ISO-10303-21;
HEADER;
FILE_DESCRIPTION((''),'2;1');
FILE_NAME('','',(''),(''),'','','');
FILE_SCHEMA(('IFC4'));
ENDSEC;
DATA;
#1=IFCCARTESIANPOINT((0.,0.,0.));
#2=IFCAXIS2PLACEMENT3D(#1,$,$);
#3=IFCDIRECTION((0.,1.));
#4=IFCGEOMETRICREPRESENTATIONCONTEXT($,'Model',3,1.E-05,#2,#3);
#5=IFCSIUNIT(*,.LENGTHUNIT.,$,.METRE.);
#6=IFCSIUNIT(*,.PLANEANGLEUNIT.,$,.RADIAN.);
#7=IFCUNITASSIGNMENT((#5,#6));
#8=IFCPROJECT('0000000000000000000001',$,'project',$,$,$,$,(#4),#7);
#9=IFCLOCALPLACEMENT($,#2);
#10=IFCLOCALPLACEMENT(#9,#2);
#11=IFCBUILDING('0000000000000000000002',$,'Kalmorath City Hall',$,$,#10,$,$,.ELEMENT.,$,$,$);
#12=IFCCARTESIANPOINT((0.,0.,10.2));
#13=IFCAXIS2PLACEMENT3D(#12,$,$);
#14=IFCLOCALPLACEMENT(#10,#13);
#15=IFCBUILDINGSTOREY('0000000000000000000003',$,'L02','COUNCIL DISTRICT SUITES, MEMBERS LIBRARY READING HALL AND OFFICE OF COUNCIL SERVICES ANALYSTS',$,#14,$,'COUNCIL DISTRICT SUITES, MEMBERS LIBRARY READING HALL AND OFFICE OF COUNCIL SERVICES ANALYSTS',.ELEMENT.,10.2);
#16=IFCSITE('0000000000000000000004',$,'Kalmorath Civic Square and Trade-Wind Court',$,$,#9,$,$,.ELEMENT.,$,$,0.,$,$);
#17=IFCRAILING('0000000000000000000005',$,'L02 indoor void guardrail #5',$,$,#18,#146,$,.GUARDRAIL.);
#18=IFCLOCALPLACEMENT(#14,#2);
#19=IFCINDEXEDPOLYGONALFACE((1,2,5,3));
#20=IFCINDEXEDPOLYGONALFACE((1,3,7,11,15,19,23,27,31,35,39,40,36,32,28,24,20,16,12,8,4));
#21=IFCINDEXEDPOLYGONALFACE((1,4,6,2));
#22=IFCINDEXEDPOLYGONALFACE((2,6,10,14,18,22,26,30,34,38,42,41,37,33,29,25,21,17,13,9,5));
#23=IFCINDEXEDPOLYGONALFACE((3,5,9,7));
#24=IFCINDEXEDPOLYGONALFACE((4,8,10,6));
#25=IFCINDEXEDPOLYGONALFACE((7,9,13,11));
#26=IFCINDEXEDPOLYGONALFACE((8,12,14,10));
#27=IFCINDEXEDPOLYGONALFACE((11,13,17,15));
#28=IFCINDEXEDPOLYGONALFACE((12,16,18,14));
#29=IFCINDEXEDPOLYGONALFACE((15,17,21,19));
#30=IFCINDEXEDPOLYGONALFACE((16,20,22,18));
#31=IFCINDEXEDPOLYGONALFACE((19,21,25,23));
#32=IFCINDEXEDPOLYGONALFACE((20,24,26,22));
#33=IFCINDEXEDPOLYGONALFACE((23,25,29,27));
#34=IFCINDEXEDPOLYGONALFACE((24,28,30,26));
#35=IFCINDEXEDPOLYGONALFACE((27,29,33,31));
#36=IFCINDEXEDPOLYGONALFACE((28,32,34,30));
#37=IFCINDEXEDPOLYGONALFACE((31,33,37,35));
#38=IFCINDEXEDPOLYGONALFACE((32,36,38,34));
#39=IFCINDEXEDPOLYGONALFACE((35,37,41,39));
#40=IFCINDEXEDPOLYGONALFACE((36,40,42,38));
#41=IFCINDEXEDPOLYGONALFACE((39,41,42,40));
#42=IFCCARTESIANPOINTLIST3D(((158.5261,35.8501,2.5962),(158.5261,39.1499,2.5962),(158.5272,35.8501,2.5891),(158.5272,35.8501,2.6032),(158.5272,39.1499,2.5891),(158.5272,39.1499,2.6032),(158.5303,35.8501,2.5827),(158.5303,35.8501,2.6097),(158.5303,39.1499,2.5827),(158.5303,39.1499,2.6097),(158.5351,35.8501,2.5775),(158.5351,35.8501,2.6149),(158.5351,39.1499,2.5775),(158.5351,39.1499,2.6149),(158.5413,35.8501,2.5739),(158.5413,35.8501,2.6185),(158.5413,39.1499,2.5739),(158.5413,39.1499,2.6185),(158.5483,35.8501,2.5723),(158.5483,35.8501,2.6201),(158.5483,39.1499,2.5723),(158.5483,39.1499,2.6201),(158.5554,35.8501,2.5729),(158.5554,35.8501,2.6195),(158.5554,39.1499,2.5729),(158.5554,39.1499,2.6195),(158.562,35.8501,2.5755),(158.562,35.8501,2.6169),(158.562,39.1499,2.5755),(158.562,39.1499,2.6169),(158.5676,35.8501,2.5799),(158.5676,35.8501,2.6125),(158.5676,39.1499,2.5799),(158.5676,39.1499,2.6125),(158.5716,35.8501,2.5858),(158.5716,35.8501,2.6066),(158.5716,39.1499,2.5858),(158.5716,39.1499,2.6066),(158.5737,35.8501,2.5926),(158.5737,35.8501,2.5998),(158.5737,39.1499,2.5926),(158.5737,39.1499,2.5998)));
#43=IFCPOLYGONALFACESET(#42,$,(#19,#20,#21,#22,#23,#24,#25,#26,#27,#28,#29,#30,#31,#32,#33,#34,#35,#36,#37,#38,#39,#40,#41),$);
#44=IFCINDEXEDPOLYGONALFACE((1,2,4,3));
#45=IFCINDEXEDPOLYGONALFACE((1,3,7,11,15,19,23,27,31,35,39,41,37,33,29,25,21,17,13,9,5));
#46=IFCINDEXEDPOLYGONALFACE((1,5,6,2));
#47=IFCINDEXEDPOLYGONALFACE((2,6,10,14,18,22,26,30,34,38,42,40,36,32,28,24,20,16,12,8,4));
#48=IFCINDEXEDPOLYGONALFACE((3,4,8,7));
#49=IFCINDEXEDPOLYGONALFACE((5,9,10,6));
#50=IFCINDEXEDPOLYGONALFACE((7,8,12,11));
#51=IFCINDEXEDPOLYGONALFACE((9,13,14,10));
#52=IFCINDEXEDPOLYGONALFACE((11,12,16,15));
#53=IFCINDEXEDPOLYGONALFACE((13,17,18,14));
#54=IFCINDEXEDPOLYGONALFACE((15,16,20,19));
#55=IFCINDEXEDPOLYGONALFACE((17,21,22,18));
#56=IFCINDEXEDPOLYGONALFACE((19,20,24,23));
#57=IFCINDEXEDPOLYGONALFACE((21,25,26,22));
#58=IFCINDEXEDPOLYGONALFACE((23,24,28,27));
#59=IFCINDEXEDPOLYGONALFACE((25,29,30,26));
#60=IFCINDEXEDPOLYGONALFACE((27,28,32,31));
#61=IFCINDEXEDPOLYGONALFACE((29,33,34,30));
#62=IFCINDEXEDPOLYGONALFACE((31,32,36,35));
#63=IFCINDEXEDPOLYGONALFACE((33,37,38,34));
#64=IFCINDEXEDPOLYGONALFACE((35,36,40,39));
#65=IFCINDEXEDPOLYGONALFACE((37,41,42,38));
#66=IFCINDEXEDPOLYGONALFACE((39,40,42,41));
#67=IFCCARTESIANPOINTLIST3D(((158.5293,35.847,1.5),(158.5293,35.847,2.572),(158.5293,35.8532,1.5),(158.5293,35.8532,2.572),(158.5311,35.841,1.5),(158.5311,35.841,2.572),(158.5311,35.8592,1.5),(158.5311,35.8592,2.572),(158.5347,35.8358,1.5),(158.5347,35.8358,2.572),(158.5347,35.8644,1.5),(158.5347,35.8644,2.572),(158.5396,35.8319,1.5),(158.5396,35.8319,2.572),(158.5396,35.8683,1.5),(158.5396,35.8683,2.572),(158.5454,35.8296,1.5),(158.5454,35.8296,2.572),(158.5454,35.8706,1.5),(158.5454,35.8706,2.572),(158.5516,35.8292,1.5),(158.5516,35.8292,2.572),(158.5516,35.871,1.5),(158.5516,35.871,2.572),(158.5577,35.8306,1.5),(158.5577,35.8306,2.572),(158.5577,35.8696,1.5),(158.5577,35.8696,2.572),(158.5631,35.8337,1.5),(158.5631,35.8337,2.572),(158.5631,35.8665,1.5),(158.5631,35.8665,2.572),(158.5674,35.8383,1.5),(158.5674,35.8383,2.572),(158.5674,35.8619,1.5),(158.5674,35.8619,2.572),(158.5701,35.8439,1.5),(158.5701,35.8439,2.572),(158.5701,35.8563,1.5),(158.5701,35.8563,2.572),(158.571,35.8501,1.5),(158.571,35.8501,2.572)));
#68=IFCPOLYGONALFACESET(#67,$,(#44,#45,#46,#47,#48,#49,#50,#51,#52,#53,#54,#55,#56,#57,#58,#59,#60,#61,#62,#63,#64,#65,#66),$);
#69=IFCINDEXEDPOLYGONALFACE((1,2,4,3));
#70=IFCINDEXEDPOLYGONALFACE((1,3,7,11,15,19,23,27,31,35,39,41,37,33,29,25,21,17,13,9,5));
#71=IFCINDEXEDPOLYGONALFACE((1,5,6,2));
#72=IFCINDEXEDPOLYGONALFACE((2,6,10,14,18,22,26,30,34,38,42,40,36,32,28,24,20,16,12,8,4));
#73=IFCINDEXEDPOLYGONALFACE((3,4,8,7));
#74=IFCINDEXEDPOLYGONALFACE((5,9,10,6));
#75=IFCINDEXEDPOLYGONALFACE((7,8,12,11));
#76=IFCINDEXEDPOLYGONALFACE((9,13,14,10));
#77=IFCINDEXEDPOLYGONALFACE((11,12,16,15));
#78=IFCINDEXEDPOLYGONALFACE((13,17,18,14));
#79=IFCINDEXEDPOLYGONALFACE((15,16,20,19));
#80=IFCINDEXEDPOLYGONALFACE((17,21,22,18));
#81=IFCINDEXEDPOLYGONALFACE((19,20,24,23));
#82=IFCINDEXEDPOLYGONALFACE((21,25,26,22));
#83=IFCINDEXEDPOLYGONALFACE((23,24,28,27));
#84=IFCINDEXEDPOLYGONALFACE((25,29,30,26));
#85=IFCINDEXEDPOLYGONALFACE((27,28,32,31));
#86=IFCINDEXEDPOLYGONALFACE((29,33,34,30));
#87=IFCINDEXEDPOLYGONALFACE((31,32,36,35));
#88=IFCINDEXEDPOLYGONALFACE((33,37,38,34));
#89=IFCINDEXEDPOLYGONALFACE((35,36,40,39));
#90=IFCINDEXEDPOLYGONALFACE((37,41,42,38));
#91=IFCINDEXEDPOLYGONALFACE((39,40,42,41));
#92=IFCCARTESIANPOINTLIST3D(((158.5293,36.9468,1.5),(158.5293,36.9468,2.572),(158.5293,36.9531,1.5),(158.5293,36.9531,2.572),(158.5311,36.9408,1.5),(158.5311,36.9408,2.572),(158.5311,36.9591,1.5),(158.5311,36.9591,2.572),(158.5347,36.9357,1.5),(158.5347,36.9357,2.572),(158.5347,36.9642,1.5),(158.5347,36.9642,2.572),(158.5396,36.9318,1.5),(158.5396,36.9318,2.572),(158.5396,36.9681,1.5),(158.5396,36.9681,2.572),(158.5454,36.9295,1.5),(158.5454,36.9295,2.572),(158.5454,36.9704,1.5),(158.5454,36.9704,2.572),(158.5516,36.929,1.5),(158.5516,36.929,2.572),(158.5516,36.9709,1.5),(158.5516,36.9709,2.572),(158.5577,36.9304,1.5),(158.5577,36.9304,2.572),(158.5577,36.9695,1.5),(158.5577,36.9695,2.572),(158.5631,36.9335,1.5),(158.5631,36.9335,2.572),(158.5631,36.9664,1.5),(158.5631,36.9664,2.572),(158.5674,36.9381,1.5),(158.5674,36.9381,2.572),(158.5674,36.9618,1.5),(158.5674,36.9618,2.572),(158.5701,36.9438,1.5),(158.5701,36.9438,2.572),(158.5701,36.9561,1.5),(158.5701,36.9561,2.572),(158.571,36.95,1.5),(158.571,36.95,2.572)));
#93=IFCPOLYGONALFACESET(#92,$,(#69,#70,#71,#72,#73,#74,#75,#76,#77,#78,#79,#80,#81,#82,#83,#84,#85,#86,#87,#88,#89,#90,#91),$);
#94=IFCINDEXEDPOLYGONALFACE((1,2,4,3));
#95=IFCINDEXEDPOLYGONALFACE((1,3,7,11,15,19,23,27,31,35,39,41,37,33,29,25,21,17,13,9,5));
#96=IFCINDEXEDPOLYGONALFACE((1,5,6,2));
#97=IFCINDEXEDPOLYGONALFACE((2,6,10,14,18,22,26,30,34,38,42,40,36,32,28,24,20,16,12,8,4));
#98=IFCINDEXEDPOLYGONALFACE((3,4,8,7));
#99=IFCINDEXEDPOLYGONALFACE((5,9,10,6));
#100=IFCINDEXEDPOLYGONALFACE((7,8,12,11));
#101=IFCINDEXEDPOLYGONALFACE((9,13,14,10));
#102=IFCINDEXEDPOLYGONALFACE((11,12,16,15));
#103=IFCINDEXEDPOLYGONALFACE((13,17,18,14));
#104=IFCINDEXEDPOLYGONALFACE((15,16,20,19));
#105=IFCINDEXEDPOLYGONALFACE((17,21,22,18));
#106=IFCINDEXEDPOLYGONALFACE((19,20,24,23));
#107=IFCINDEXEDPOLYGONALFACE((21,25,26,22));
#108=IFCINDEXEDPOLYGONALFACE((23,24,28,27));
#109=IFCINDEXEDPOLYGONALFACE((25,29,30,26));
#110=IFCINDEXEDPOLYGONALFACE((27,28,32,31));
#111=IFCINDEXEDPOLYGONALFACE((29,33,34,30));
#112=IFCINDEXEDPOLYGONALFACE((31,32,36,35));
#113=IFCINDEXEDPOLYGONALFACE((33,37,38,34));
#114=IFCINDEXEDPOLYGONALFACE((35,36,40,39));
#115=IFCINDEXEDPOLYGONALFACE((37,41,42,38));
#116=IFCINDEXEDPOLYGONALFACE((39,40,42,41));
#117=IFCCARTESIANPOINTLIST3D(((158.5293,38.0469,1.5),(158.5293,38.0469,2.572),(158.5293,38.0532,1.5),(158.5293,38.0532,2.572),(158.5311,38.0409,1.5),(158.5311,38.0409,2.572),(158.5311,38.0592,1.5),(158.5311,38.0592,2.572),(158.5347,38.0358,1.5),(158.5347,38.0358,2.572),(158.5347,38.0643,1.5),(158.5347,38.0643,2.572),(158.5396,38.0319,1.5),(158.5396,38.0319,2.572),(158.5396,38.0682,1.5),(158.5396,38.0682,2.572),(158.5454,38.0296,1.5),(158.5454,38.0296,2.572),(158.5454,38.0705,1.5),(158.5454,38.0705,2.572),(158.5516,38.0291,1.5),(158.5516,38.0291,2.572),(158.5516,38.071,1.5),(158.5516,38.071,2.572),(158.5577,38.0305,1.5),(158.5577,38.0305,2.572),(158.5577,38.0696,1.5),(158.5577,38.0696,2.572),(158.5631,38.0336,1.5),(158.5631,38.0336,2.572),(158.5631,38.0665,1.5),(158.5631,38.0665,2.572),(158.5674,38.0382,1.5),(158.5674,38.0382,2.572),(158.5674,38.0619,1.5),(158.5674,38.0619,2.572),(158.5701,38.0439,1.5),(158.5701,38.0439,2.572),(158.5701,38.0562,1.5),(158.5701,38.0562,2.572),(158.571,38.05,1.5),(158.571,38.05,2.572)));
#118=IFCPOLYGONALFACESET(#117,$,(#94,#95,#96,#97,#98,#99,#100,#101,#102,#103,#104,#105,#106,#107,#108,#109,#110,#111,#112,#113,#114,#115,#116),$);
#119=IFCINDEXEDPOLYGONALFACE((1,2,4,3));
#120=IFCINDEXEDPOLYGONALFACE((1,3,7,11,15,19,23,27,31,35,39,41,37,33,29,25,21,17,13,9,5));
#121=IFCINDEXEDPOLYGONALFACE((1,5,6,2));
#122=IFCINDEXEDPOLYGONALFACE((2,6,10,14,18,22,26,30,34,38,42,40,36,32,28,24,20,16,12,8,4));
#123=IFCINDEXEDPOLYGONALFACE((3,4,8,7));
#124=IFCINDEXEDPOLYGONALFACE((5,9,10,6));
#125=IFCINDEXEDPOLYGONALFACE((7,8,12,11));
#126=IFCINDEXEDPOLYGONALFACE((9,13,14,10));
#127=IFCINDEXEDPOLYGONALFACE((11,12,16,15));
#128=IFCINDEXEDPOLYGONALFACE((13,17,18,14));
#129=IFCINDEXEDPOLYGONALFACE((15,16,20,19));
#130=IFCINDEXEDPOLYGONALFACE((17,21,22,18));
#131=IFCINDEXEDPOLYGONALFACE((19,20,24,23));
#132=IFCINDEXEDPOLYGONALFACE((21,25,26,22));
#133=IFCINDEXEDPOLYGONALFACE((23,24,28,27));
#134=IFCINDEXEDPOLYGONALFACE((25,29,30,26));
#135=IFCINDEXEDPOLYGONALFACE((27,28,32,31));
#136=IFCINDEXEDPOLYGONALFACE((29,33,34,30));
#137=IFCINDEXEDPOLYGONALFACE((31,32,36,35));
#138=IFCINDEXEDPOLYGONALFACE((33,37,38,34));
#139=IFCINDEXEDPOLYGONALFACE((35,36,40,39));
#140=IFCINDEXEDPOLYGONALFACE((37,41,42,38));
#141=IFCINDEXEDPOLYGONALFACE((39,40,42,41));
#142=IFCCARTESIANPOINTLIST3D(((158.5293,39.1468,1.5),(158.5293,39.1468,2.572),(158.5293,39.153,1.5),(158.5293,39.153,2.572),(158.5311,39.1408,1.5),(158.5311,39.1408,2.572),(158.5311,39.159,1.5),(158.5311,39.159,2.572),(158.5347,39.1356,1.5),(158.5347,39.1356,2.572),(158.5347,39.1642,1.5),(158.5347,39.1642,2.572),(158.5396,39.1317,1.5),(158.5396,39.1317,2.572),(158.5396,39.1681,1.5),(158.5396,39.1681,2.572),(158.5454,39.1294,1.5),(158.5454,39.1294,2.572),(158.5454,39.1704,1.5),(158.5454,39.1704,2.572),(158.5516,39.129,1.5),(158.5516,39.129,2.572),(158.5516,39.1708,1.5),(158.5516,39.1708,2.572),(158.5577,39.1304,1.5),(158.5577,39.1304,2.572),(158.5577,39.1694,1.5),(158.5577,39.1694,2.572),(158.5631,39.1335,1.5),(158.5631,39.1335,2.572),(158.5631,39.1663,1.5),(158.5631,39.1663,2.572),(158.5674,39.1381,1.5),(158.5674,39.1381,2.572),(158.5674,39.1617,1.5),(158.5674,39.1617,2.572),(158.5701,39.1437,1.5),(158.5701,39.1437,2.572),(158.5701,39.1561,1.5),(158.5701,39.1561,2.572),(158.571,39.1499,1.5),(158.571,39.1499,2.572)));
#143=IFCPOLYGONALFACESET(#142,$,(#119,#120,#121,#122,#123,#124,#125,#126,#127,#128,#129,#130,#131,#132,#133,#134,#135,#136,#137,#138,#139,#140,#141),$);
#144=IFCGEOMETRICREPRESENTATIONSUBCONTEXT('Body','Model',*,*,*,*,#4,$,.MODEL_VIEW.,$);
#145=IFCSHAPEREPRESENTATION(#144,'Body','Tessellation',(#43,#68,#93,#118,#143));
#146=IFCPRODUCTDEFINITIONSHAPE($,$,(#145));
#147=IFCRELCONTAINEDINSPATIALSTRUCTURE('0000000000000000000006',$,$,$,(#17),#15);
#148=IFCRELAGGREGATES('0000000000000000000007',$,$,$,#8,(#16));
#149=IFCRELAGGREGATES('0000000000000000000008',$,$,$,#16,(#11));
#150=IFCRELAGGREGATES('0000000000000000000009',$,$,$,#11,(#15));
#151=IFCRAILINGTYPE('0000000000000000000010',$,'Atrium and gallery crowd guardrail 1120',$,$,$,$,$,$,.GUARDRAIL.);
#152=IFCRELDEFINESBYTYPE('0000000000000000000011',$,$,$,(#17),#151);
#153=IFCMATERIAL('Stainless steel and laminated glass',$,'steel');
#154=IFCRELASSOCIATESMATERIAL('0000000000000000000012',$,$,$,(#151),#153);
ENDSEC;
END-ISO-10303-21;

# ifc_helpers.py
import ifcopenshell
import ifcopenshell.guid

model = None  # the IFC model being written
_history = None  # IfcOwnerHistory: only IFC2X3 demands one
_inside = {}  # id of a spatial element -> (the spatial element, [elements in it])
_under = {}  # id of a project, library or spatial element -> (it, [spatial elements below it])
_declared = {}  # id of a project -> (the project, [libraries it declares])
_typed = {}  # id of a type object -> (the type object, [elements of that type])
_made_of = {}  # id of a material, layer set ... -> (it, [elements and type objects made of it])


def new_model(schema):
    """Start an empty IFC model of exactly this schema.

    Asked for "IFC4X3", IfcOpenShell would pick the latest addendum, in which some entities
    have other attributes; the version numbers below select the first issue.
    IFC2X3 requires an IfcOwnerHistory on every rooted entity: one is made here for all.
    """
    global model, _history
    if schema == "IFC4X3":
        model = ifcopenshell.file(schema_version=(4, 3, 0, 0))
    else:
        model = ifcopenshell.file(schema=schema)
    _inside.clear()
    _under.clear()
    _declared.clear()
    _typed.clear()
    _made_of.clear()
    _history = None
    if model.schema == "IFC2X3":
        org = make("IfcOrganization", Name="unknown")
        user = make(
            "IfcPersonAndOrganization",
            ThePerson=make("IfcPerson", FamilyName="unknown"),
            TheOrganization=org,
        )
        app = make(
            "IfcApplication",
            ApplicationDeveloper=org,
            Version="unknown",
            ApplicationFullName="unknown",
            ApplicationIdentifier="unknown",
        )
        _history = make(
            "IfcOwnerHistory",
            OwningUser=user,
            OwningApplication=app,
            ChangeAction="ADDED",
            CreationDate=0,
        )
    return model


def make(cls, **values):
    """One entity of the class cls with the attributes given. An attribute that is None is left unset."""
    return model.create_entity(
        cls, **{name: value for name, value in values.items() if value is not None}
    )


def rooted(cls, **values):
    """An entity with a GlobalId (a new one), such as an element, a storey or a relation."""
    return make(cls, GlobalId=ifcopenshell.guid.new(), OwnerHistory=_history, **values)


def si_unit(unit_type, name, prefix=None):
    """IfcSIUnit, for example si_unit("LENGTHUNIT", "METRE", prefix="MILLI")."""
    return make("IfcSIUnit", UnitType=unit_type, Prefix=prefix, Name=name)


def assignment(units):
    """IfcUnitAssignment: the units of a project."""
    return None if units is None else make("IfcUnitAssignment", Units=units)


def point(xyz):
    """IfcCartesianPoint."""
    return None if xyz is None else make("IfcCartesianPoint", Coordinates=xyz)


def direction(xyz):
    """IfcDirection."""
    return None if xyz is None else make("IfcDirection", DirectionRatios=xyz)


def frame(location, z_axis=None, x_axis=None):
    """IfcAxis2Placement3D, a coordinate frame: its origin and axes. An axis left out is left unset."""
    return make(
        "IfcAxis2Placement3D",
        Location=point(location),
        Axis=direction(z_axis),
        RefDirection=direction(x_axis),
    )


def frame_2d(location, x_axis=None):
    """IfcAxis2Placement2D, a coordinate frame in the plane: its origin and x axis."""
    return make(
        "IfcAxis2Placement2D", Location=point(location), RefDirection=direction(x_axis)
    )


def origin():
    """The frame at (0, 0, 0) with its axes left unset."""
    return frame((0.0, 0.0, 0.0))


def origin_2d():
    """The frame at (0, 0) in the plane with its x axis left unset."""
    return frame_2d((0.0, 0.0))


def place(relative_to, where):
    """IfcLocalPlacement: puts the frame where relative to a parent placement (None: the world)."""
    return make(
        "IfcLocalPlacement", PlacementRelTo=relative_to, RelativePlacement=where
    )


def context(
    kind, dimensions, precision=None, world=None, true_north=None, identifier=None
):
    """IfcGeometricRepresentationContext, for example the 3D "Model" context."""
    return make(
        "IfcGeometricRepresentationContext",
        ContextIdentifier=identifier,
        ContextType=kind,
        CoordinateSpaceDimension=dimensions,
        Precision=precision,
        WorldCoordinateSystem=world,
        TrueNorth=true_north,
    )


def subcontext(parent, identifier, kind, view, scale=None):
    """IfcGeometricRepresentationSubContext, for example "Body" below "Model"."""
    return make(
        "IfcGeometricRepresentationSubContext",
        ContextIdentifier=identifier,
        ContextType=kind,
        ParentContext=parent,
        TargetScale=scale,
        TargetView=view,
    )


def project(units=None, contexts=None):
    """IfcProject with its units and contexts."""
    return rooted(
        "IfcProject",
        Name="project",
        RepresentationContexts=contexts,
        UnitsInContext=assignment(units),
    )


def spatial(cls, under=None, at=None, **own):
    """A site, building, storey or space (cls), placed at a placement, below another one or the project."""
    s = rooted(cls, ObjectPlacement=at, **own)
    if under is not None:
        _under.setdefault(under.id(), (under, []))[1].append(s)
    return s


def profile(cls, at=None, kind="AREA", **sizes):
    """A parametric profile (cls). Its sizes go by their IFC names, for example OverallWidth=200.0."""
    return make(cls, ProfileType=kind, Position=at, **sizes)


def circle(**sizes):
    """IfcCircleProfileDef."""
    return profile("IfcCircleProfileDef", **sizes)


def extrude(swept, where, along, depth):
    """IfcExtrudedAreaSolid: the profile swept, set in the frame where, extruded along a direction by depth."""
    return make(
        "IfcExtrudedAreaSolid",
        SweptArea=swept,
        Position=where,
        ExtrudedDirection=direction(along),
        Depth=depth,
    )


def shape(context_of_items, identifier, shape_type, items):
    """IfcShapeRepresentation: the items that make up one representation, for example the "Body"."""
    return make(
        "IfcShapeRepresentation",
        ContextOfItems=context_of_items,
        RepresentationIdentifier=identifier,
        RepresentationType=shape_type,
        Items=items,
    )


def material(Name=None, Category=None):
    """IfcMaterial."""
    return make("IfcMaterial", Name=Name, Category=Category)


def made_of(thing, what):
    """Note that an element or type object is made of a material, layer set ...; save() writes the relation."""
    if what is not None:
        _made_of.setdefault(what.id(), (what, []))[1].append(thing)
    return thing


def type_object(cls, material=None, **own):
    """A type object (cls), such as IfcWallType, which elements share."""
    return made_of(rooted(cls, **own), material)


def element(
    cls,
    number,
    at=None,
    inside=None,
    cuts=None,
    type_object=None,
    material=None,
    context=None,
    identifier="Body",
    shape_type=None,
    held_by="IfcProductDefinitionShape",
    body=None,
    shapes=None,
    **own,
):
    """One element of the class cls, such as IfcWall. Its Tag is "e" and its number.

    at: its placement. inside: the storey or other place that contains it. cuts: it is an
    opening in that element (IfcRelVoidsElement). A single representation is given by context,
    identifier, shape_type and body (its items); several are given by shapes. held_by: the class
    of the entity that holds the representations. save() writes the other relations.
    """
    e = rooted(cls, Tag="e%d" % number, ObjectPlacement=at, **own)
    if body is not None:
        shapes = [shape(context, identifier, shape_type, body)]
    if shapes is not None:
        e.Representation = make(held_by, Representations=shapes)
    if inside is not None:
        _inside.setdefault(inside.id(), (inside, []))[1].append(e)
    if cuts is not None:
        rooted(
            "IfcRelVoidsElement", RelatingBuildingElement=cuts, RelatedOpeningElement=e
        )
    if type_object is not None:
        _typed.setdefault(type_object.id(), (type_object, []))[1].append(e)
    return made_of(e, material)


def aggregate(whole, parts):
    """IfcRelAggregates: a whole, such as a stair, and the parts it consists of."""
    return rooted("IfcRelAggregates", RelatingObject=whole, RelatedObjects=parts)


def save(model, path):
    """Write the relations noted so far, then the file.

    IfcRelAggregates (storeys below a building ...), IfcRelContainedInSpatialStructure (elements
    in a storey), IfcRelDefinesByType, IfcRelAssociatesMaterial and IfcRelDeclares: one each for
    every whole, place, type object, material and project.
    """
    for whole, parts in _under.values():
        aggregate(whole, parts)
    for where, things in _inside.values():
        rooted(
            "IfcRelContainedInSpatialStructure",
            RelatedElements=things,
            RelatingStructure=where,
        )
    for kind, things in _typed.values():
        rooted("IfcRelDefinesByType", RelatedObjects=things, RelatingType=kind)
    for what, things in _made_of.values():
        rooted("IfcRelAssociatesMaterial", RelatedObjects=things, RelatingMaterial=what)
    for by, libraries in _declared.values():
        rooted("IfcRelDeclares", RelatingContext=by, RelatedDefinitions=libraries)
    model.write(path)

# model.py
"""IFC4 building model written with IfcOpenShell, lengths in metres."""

from ifc_helpers import new_model, si_unit, direction, frame, origin, origin_2d, place, context, subcontext, project, spatial, circle, extrude, material, type_object, element, save


model = new_model("IFC4")

# Units and contexts
model_context = context("Model", 3, precision=1e-05, world=origin(), true_north=direction((0.0, 1.0)))
body_context = subcontext(model_context, "Body", "Model", "MODEL_VIEW")
ifc_project = project(units=[si_unit("LENGTHUNIT", "METRE"), si_unit("PLANEANGLEUNIT", "RADIAN")], contexts=[model_context])

# Site, building, storey
site_placement = place(None, origin())
site = spatial("IfcSite", under=ifc_project, at=site_placement, Name="Kalmorath Civic Square and Trade-Wind Court", CompositionType="ELEMENT", RefElevation=0.0)
building_placement = place(site_placement, origin())
building = spatial("IfcBuilding", under=site, at=building_placement, Name="Kalmorath City Hall", CompositionType="ELEMENT")
storey_placement = place(building_placement, frame((0.0, 0.0, 10.2)))
storey = spatial("IfcBuildingStorey", under=building, at=storey_placement, Name="L02", Description="COUNCIL DISTRICT SUITES, MEMBERS LIBRARY READING HALL AND OFFICE OF COUNCIL SERVICES ANALYSTS", LongName="COUNCIL DISTRICT SUITES, MEMBERS LIBRARY READING HALL AND OFFICE OF COUNCIL SERVICES ANALYSTS", CompositionType="ELEMENT", Elevation=10.2)

# Railing
ifc_material_1 = material(Name="Stainless steel and laminated glass", Category="steel")
railing_type = type_object("IfcRailingType", Name="Atrium and gallery crowd guardrail 1120", PredefinedType="GUARDRAIL", material=ifc_material_1)
railing_1_placement = place(storey_placement, frame((158.55, 35.8501, 1.5)))
element("IfcRailing", 1, at=railing_1_placement, inside=storey, type_object=railing_type, Name="L02 indoor void guardrail #5", PredefinedType="GUARDRAIL", context=body_context, shape_type="SweptSolid", body=[
    extrude(circle(Radius=0.0239, at=origin_2d()), frame((0.0, 0.0, 1.0962), z_axis=(0.0, 1.0, 0.0), x_axis=(-1.0, 0.0, 0.0)), (0.0, 0.0, 1.0), 3.2998),
    extrude(circle(Radius=0.021, at=origin_2d()), origin(), (0.0, 0.0, 1.0), 1.072),
    extrude(circle(Radius=0.021, at=origin_2d()), frame((0.0, 1.0999, 0.0)), (0.0, 0.0, 1.0), 1.072),
    extrude(circle(Radius=0.021, at=origin_2d()), frame((0.0, 2.2, 0.0)), (0.0, 0.0, 1.0), 1.072),
    extrude(circle(Radius=0.021, at=origin_2d()), frame((0.0, 3.2998, 0.0)), (0.0, 0.0, 1.0), 1.072),
])

save(model, "model.ifc")
